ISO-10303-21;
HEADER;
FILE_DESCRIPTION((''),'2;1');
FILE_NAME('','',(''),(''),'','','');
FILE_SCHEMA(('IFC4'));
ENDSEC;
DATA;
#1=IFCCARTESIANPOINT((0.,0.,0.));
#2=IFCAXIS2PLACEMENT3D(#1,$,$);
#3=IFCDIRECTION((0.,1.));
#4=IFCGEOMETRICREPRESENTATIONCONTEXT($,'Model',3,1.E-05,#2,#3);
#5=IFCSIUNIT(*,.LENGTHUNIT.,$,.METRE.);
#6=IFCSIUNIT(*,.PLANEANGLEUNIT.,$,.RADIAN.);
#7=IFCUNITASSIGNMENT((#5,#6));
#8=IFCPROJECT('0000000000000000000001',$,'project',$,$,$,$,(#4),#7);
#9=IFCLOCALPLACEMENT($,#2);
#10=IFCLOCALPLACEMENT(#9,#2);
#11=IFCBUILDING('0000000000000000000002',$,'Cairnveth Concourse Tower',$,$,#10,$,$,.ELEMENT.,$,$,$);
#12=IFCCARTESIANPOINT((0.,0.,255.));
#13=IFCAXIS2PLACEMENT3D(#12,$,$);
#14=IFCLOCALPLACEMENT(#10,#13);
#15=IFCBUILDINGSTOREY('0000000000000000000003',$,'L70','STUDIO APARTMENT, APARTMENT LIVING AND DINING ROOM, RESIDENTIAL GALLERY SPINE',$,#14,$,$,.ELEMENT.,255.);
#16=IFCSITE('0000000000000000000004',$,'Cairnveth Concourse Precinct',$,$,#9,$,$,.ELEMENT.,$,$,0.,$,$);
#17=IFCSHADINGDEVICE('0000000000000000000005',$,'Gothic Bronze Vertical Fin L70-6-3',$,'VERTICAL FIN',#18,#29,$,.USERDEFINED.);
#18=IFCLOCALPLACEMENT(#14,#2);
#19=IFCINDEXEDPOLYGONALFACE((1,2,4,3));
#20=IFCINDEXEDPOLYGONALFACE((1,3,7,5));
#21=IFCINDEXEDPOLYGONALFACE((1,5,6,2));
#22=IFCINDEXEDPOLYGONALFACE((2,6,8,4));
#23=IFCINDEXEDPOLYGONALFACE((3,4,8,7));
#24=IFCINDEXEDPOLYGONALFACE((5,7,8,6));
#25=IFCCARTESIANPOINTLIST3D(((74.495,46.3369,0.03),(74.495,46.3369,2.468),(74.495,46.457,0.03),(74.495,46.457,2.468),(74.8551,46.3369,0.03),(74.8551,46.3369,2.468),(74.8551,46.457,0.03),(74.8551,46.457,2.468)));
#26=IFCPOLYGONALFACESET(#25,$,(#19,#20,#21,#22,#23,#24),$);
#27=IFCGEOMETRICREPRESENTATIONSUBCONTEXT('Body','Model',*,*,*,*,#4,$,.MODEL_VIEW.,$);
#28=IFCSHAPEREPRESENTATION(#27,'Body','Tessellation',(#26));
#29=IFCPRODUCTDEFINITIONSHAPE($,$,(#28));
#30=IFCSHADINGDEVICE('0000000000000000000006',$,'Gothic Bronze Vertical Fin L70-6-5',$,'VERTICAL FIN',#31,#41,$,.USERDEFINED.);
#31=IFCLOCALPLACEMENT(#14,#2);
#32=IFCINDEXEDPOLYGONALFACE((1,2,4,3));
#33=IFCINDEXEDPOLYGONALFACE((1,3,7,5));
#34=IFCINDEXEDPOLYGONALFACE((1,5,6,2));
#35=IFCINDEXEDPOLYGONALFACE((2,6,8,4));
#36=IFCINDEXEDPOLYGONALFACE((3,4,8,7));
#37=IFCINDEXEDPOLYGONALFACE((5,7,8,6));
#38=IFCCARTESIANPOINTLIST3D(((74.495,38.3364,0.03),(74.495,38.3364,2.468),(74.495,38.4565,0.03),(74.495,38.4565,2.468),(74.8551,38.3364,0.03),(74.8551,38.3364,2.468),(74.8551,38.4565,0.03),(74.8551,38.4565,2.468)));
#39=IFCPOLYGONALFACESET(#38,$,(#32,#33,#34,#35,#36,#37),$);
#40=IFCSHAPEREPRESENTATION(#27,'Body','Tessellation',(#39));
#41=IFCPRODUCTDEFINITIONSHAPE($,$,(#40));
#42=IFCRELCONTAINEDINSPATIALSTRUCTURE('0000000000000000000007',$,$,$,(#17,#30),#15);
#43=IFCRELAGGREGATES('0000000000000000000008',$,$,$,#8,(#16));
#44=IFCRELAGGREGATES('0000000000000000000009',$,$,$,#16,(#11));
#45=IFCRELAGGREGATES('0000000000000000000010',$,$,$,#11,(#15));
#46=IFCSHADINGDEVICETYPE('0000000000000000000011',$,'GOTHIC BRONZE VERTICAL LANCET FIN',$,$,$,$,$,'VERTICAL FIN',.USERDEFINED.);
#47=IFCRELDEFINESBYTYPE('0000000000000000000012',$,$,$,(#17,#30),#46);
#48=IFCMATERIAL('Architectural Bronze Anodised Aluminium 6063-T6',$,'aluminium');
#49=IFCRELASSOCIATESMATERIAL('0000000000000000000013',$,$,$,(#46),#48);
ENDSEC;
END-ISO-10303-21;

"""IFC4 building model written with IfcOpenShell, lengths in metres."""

from ifc_helpers import new_model, si_unit, direction, frame, origin, origin_2d, place, context, subcontext, project, spatial, rectangle, extrude, material, type_object, element, save


model = new_model("IFC4")

# Units and contexts
model_context = context("Model", 3, precision=1e-05, world=origin(), true_north=direction((0.0, 1.0)))
body_context = subcontext(model_context, "Body", "Model", "MODEL_VIEW")
ifc_project = project(units=[si_unit("LENGTHUNIT", "METRE"), si_unit("PLANEANGLEUNIT", "RADIAN")], contexts=[model_context])

# Site, building, storey
site_placement = place(None, origin())
site = spatial("IfcSite", under=ifc_project, at=site_placement, Name="Cairnveth Concourse Precinct", CompositionType="ELEMENT", RefElevation=0.0)
building_placement = place(site_placement, origin())
building = spatial("IfcBuilding", under=site, at=building_placement, Name="Cairnveth Concourse Tower", CompositionType="ELEMENT")
storey_placement = place(building_placement, frame((0.0, 0.0, 255.0)))
storey = spatial("IfcBuildingStorey", under=building, at=storey_placement, Name="L70", Description="STUDIO APARTMENT, APARTMENT LIVING AND DINING ROOM, RESIDENTIAL GALLERY SPINE", CompositionType="ELEMENT", Elevation=255.0)

# Shading devices
ifc_material_1 = material(Name="Architectural Bronze Anodised Aluminium 6063-T6", Category="aluminium")
shading_device_type = type_object("IfcShadingDeviceType", Name="GOTHIC BRONZE VERTICAL LANCET FIN", ElementType="VERTICAL FIN", PredefinedType="USERDEFINED", material=ifc_material_1)
for number, where, z_axis, x_axis, name in (
    (1, (74.675, 46.397, 0.03), (0.0, 0.0, 1.0), (0.0, 1.0, 0.0), "Gothic Bronze Vertical Fin L70-6-3"),
    (2, (74.675, 38.3965, 0.03), (0.0, 0.0, 1.0), (0.0, 1.0, 0.0), "Gothic Bronze Vertical Fin L70-6-5"),
):
    element("IfcShadingDevice", number, at=place(storey_placement, frame(where, z_axis=z_axis, x_axis=x_axis)), inside=storey, type_object=shading_device_type, Name=name, ObjectType="VERTICAL FIN", PredefinedType="USERDEFINED", context=body_context, shape_type="SweptSolid", body=[
        extrude(rectangle(XDim=0.1201, YDim=0.3601, at=origin_2d()), origin(), (0.0, 0.0, 1.0), 2.438),
    ])

save(model, "model.ifc")
